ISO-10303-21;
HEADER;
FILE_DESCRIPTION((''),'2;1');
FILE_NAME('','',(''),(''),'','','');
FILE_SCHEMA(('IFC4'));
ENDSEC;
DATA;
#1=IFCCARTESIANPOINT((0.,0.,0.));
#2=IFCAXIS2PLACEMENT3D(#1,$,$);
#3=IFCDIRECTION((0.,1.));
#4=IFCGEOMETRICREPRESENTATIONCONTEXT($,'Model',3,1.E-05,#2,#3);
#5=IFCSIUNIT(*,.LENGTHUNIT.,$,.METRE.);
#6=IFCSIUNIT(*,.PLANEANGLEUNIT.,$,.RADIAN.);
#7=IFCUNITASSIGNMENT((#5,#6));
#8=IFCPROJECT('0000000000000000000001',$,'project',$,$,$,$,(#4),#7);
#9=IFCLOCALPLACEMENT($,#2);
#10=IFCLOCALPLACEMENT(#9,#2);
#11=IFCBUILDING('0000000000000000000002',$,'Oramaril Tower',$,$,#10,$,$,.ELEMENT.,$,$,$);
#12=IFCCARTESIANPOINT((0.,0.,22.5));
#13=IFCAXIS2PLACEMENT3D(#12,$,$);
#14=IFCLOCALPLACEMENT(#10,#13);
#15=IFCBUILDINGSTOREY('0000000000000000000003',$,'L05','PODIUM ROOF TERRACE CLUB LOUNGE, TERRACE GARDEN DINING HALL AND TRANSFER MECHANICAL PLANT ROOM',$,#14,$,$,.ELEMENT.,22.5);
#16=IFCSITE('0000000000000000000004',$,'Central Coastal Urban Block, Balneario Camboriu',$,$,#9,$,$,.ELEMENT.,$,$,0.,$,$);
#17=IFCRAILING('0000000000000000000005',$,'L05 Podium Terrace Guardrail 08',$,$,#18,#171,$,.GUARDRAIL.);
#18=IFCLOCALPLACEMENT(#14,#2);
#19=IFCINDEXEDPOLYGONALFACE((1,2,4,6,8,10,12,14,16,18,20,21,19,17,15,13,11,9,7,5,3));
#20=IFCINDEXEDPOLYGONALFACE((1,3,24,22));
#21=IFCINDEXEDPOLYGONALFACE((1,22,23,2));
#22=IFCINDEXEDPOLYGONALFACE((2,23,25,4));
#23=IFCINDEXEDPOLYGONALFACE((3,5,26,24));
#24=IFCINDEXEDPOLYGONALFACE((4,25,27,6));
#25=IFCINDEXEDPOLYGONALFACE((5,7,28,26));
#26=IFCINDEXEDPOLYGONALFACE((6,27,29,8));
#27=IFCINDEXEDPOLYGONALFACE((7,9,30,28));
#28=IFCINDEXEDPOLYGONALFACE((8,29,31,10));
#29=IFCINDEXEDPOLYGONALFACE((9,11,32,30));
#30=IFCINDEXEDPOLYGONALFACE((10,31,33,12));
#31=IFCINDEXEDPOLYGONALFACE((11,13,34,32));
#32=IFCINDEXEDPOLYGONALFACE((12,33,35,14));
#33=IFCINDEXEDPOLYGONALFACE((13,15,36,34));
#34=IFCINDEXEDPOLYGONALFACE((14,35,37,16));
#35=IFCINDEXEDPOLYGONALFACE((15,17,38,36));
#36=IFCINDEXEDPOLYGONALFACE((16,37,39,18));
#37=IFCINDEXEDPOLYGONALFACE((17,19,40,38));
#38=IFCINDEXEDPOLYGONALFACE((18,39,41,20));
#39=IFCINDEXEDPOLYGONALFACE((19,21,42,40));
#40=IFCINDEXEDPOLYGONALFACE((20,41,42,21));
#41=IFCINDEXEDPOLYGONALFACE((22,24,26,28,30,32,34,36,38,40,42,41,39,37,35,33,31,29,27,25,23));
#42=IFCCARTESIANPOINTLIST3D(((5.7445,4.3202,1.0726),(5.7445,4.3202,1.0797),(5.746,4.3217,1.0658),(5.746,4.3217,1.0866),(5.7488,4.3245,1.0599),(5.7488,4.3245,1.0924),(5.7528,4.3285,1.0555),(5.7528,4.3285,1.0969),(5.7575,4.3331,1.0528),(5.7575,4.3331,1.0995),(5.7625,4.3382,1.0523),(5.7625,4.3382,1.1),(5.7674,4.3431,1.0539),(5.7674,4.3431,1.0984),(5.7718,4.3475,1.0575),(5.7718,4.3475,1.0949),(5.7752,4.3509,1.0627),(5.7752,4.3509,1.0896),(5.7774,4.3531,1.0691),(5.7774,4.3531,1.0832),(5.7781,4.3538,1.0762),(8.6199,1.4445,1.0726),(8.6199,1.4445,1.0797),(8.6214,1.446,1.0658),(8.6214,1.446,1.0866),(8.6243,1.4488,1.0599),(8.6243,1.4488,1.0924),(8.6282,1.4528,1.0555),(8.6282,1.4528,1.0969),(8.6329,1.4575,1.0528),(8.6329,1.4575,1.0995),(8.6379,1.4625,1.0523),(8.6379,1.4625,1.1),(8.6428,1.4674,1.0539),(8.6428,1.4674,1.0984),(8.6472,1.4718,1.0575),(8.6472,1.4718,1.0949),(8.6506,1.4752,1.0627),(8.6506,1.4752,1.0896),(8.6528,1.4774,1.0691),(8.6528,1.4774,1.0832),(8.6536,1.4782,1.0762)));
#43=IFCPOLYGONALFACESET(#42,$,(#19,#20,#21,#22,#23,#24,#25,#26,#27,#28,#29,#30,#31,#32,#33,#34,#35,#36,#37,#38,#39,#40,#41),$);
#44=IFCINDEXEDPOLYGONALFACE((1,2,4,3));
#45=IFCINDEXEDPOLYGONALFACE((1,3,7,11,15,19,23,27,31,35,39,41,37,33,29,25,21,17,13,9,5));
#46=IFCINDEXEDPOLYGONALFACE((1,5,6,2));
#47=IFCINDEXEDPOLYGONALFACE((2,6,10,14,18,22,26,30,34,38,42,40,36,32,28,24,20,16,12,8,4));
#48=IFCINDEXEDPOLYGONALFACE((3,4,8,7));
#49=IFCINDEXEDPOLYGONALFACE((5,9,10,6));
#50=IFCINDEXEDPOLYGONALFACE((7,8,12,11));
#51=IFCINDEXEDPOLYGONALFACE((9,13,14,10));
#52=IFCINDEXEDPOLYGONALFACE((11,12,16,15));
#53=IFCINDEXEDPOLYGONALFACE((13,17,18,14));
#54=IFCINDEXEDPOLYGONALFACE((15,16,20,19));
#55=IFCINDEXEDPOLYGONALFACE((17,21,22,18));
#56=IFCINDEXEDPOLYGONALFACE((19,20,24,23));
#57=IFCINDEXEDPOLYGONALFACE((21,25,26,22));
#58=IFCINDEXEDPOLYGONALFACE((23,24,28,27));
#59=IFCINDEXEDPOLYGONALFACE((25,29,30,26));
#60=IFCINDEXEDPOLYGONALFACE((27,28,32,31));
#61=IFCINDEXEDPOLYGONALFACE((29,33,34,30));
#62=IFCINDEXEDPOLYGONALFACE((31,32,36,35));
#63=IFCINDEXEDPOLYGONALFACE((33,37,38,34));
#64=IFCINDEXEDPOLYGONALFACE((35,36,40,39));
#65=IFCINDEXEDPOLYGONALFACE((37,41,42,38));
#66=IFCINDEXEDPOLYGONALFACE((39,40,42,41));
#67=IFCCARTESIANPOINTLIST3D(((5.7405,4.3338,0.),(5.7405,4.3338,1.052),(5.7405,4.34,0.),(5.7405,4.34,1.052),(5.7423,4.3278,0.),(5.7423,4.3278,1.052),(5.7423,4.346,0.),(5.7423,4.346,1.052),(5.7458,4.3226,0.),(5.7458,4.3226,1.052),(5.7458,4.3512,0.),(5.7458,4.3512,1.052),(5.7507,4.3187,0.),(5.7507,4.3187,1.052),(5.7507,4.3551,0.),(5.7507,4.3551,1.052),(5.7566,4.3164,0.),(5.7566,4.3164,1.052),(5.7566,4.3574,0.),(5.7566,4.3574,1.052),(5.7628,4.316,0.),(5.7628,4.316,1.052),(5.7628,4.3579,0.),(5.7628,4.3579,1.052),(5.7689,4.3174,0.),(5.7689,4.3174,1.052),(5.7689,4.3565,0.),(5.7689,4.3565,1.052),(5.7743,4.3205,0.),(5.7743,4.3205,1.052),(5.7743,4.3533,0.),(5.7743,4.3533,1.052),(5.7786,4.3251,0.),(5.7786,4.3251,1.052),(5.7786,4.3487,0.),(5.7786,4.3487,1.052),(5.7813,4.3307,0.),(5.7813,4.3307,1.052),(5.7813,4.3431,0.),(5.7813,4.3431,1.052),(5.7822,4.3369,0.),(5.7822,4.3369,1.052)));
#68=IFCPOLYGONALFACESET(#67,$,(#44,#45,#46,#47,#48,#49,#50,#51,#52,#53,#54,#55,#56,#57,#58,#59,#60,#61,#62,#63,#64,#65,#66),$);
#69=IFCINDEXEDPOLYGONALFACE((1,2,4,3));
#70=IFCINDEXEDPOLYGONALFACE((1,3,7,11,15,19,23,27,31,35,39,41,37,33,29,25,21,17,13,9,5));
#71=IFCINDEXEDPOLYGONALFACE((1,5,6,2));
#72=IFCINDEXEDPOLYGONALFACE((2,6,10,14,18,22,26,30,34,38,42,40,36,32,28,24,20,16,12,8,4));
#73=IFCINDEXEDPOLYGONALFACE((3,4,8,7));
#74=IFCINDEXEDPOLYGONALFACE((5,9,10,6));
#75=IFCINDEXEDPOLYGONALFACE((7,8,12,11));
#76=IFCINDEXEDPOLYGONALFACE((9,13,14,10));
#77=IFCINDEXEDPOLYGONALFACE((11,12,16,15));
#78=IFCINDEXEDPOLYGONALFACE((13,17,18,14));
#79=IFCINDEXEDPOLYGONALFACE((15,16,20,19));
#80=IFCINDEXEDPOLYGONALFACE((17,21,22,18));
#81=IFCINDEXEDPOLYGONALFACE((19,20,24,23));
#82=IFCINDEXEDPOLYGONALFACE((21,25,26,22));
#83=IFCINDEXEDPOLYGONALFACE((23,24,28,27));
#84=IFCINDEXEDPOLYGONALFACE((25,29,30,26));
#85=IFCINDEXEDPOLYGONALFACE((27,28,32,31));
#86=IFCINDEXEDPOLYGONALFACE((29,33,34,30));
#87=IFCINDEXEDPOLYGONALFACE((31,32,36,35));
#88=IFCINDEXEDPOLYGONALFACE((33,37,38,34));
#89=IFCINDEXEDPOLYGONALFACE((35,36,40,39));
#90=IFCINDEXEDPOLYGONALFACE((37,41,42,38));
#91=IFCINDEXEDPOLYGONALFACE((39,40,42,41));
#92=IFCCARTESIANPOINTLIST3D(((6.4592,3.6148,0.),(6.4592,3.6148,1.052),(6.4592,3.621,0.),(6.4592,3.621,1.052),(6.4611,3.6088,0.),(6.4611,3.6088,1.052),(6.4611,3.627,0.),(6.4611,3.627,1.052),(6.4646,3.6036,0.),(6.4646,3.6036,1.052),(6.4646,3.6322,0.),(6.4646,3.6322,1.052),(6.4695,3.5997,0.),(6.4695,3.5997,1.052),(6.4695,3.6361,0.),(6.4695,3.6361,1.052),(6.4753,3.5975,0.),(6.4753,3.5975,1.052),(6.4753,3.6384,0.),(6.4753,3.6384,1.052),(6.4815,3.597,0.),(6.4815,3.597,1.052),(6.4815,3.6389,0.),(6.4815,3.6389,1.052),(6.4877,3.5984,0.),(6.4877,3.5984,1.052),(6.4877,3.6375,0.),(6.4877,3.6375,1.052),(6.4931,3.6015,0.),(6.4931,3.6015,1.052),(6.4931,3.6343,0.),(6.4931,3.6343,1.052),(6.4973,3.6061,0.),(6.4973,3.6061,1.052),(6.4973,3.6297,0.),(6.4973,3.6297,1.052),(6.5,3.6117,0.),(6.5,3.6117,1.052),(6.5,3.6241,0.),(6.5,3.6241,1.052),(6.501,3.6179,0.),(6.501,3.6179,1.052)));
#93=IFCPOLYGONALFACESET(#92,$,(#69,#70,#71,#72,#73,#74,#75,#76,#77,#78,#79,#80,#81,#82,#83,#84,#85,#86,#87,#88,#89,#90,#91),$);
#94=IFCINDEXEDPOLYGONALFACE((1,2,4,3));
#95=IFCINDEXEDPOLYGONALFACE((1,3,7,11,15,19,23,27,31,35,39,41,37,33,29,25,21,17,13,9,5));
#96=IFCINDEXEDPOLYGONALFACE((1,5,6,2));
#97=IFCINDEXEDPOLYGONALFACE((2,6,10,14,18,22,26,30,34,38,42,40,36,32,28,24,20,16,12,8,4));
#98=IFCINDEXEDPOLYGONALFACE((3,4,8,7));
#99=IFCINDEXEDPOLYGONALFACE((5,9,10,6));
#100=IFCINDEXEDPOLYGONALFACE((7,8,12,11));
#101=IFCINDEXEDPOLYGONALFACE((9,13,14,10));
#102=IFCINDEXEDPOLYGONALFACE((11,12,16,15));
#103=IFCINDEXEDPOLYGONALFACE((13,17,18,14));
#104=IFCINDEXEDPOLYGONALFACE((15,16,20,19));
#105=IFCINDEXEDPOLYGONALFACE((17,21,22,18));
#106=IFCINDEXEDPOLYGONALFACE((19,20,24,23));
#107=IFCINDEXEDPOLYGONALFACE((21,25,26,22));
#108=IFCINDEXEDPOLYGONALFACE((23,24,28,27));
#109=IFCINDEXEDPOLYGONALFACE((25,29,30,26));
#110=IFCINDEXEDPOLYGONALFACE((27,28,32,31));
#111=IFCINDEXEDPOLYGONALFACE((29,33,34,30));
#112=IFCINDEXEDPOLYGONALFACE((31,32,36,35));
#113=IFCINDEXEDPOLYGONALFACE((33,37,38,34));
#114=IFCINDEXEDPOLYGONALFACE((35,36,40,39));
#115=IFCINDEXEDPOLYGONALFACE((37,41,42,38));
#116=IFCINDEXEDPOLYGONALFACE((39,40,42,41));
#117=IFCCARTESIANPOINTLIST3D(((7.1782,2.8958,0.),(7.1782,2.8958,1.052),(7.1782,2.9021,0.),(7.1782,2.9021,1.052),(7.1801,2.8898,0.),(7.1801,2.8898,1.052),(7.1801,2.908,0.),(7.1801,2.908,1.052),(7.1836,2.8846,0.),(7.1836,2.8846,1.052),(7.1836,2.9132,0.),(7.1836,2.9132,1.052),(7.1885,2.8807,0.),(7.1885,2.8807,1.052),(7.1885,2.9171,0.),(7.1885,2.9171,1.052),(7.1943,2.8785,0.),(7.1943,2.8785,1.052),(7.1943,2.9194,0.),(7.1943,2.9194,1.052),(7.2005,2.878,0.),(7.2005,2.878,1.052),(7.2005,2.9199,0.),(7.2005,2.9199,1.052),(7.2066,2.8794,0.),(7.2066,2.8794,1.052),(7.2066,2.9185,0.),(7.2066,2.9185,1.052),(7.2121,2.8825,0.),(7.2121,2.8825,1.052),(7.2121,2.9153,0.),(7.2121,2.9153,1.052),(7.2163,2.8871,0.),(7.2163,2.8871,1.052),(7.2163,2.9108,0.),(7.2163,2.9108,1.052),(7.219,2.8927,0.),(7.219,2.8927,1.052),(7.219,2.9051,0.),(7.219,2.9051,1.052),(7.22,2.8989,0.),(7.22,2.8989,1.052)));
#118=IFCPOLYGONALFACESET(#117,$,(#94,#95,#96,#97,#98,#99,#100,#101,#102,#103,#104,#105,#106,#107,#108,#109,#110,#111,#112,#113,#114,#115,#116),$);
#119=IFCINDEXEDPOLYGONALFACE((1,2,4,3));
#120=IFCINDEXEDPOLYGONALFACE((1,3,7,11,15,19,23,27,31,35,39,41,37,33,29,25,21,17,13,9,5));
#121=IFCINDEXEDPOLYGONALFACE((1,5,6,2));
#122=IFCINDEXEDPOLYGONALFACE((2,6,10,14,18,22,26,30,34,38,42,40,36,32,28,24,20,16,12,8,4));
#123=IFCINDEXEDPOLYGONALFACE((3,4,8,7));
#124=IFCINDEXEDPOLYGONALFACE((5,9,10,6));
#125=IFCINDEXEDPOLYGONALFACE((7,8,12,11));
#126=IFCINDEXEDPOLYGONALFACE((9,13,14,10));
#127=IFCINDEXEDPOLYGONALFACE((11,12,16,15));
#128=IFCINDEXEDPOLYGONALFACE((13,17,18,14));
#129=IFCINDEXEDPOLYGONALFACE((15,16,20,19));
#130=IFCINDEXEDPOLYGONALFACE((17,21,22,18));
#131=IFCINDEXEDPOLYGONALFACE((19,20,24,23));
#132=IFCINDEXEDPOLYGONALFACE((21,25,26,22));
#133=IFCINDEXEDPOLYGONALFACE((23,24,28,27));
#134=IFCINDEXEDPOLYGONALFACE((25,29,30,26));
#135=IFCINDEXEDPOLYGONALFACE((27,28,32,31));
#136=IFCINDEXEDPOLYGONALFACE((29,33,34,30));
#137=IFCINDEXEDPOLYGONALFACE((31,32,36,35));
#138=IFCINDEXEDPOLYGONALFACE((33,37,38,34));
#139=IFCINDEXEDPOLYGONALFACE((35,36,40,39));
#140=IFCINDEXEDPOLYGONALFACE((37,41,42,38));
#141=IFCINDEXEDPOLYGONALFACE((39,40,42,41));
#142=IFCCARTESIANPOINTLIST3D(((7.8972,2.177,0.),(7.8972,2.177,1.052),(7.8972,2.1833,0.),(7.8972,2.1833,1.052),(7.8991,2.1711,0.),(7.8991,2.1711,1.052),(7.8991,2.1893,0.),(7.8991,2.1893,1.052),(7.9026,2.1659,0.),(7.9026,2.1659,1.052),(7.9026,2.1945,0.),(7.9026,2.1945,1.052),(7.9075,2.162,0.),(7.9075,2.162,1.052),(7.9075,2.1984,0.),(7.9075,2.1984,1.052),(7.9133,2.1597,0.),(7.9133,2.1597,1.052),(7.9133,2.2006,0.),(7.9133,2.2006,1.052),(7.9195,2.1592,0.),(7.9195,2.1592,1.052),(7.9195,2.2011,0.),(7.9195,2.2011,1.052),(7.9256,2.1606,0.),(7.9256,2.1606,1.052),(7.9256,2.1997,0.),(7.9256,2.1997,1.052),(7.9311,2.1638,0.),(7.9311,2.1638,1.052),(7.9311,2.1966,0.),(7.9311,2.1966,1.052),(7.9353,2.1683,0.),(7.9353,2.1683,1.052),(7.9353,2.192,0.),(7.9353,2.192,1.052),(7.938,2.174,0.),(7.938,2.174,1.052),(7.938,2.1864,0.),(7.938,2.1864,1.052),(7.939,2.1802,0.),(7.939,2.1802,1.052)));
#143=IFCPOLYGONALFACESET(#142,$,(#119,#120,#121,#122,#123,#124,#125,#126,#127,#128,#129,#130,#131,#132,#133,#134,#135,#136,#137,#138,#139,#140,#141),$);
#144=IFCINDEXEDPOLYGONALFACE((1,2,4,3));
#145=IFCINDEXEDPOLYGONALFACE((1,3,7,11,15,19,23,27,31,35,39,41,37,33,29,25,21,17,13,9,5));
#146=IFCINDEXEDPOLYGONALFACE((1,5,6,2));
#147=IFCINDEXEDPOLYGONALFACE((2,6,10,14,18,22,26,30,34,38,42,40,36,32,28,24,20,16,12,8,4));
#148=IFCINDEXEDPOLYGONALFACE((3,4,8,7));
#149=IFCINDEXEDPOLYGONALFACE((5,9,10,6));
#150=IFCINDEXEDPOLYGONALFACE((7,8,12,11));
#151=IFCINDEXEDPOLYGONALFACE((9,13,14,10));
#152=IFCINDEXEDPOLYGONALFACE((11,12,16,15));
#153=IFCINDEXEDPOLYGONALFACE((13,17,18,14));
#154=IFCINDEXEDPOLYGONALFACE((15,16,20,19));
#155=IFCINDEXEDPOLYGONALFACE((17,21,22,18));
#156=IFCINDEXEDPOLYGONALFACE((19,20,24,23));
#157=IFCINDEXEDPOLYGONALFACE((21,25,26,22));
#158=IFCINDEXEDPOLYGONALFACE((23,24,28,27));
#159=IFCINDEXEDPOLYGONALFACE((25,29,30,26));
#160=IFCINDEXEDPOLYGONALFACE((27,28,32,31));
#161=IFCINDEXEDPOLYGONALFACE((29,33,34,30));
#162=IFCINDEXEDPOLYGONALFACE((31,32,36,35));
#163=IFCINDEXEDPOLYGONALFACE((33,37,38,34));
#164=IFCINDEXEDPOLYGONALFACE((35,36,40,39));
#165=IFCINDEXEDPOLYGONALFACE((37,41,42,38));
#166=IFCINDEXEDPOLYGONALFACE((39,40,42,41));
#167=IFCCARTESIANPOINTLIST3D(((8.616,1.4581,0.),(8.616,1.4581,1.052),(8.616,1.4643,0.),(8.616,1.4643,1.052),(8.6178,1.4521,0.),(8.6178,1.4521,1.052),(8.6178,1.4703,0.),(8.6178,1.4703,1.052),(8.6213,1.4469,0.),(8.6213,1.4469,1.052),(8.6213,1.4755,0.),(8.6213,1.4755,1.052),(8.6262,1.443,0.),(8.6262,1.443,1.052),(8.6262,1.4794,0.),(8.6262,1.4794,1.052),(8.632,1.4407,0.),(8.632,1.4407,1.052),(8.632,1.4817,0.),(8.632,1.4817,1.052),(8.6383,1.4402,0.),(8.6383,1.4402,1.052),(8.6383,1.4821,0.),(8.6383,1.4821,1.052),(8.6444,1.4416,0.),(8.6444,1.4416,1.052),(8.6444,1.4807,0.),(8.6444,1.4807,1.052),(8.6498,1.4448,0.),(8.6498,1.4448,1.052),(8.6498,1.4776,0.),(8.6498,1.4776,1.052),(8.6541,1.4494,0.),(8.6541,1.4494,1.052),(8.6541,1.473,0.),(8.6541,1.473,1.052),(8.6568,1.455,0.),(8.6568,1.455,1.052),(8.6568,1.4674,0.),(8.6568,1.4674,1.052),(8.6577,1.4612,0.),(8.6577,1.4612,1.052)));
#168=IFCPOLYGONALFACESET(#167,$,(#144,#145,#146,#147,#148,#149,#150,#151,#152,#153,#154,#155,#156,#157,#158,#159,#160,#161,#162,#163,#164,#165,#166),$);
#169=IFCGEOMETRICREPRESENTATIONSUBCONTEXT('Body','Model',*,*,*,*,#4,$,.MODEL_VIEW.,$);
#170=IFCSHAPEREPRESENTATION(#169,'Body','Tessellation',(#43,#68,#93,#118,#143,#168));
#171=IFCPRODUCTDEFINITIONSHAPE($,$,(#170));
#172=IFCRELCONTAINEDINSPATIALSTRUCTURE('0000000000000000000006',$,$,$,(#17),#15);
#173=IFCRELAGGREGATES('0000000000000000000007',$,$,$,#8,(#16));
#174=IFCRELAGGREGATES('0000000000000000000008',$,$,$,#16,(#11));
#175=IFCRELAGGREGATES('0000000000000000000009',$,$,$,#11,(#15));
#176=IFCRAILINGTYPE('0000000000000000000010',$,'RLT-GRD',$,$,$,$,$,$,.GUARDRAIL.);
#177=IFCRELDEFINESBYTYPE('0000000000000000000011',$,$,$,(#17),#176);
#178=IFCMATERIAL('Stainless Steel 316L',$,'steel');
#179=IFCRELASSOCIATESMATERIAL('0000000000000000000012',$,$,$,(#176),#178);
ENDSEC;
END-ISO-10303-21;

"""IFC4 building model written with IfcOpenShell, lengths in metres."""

from ifc_helpers import new_model, si_unit, direction, frame, origin, origin_2d, place, context, subcontext, project, spatial, circle, extrude, material, type_object, element, save


model = new_model("IFC4")

# Units and contexts
model_context = context("Model", 3, precision=1e-05, world=origin(), true_north=direction((0.0, 1.0)))
body_context = subcontext(model_context, "Body", "Model", "MODEL_VIEW")
ifc_project = project(units=[si_unit("LENGTHUNIT", "METRE"), si_unit("PLANEANGLEUNIT", "RADIAN")], contexts=[model_context])

# Site, building, storey
site_placement = place(None, origin())
site = spatial("IfcSite", under=ifc_project, at=site_placement, Name="Central Coastal Urban Block, Balneario Camboriu", CompositionType="ELEMENT", RefElevation=0.0)
building_placement = place(site_placement, origin())
building = spatial("IfcBuilding", under=site, at=building_placement, Name="Oramaril Tower", CompositionType="ELEMENT")
storey_placement = place(building_placement, frame((0.0, 0.0, 22.5)))
storey = spatial("IfcBuildingStorey", under=building, at=storey_placement, Name="L05", Description="PODIUM ROOF TERRACE CLUB LOUNGE, TERRACE GARDEN DINING HALL AND TRANSFER MECHANICAL PLANT ROOM", CompositionType="ELEMENT", Elevation=22.5)

# Railing
ifc_material_1 = material(Name="Stainless Steel 316L", Category="steel")
railing_type = type_object("IfcRailingType", Name="RLT-GRD", PredefinedType="GUARDRAIL", material=ifc_material_1)
railing_1_placement = place(storey_placement, frame((5.7612, 4.3369, 0.0)))
element("IfcRailing", 1, at=railing_1_placement, inside=storey, type_object=railing_type, Name="L05 Podium Terrace Guardrail 08", PredefinedType="GUARDRAIL", context=body_context, shape_type="SweptSolid", body=[
    extrude(circle(Radius=0.0239, at=origin_2d()), frame((0.0, 0.0, 1.0762), z_axis=(0.707077, -0.707137, 0.0), x_axis=(0.707137, 0.707077, 0.0)), (0.0, 0.0, 1.0), 4.0667),
    extrude(circle(Radius=0.021, at=origin_2d()), origin(), (0.0, 0.0, 1.0), 1.052),
    extrude(circle(Radius=0.021, at=origin_2d()), frame((0.7188, -0.719, 0.0)), (0.0, 0.0, 1.0), 1.052),
    extrude(circle(Radius=0.021, at=origin_2d()), frame((1.4377, -1.438, 0.0)), (0.0, 0.0, 1.0), 1.052),
    extrude(circle(Radius=0.021, at=origin_2d()), frame((2.1567, -2.1567, 0.0)), (0.0, 0.0, 1.0), 1.052),
    extrude(circle(Radius=0.021, at=origin_2d()), frame((2.8755, -2.8757, 0.0)), (0.0, 0.0, 1.0), 1.052),
])

save(model, "model.ifc")
